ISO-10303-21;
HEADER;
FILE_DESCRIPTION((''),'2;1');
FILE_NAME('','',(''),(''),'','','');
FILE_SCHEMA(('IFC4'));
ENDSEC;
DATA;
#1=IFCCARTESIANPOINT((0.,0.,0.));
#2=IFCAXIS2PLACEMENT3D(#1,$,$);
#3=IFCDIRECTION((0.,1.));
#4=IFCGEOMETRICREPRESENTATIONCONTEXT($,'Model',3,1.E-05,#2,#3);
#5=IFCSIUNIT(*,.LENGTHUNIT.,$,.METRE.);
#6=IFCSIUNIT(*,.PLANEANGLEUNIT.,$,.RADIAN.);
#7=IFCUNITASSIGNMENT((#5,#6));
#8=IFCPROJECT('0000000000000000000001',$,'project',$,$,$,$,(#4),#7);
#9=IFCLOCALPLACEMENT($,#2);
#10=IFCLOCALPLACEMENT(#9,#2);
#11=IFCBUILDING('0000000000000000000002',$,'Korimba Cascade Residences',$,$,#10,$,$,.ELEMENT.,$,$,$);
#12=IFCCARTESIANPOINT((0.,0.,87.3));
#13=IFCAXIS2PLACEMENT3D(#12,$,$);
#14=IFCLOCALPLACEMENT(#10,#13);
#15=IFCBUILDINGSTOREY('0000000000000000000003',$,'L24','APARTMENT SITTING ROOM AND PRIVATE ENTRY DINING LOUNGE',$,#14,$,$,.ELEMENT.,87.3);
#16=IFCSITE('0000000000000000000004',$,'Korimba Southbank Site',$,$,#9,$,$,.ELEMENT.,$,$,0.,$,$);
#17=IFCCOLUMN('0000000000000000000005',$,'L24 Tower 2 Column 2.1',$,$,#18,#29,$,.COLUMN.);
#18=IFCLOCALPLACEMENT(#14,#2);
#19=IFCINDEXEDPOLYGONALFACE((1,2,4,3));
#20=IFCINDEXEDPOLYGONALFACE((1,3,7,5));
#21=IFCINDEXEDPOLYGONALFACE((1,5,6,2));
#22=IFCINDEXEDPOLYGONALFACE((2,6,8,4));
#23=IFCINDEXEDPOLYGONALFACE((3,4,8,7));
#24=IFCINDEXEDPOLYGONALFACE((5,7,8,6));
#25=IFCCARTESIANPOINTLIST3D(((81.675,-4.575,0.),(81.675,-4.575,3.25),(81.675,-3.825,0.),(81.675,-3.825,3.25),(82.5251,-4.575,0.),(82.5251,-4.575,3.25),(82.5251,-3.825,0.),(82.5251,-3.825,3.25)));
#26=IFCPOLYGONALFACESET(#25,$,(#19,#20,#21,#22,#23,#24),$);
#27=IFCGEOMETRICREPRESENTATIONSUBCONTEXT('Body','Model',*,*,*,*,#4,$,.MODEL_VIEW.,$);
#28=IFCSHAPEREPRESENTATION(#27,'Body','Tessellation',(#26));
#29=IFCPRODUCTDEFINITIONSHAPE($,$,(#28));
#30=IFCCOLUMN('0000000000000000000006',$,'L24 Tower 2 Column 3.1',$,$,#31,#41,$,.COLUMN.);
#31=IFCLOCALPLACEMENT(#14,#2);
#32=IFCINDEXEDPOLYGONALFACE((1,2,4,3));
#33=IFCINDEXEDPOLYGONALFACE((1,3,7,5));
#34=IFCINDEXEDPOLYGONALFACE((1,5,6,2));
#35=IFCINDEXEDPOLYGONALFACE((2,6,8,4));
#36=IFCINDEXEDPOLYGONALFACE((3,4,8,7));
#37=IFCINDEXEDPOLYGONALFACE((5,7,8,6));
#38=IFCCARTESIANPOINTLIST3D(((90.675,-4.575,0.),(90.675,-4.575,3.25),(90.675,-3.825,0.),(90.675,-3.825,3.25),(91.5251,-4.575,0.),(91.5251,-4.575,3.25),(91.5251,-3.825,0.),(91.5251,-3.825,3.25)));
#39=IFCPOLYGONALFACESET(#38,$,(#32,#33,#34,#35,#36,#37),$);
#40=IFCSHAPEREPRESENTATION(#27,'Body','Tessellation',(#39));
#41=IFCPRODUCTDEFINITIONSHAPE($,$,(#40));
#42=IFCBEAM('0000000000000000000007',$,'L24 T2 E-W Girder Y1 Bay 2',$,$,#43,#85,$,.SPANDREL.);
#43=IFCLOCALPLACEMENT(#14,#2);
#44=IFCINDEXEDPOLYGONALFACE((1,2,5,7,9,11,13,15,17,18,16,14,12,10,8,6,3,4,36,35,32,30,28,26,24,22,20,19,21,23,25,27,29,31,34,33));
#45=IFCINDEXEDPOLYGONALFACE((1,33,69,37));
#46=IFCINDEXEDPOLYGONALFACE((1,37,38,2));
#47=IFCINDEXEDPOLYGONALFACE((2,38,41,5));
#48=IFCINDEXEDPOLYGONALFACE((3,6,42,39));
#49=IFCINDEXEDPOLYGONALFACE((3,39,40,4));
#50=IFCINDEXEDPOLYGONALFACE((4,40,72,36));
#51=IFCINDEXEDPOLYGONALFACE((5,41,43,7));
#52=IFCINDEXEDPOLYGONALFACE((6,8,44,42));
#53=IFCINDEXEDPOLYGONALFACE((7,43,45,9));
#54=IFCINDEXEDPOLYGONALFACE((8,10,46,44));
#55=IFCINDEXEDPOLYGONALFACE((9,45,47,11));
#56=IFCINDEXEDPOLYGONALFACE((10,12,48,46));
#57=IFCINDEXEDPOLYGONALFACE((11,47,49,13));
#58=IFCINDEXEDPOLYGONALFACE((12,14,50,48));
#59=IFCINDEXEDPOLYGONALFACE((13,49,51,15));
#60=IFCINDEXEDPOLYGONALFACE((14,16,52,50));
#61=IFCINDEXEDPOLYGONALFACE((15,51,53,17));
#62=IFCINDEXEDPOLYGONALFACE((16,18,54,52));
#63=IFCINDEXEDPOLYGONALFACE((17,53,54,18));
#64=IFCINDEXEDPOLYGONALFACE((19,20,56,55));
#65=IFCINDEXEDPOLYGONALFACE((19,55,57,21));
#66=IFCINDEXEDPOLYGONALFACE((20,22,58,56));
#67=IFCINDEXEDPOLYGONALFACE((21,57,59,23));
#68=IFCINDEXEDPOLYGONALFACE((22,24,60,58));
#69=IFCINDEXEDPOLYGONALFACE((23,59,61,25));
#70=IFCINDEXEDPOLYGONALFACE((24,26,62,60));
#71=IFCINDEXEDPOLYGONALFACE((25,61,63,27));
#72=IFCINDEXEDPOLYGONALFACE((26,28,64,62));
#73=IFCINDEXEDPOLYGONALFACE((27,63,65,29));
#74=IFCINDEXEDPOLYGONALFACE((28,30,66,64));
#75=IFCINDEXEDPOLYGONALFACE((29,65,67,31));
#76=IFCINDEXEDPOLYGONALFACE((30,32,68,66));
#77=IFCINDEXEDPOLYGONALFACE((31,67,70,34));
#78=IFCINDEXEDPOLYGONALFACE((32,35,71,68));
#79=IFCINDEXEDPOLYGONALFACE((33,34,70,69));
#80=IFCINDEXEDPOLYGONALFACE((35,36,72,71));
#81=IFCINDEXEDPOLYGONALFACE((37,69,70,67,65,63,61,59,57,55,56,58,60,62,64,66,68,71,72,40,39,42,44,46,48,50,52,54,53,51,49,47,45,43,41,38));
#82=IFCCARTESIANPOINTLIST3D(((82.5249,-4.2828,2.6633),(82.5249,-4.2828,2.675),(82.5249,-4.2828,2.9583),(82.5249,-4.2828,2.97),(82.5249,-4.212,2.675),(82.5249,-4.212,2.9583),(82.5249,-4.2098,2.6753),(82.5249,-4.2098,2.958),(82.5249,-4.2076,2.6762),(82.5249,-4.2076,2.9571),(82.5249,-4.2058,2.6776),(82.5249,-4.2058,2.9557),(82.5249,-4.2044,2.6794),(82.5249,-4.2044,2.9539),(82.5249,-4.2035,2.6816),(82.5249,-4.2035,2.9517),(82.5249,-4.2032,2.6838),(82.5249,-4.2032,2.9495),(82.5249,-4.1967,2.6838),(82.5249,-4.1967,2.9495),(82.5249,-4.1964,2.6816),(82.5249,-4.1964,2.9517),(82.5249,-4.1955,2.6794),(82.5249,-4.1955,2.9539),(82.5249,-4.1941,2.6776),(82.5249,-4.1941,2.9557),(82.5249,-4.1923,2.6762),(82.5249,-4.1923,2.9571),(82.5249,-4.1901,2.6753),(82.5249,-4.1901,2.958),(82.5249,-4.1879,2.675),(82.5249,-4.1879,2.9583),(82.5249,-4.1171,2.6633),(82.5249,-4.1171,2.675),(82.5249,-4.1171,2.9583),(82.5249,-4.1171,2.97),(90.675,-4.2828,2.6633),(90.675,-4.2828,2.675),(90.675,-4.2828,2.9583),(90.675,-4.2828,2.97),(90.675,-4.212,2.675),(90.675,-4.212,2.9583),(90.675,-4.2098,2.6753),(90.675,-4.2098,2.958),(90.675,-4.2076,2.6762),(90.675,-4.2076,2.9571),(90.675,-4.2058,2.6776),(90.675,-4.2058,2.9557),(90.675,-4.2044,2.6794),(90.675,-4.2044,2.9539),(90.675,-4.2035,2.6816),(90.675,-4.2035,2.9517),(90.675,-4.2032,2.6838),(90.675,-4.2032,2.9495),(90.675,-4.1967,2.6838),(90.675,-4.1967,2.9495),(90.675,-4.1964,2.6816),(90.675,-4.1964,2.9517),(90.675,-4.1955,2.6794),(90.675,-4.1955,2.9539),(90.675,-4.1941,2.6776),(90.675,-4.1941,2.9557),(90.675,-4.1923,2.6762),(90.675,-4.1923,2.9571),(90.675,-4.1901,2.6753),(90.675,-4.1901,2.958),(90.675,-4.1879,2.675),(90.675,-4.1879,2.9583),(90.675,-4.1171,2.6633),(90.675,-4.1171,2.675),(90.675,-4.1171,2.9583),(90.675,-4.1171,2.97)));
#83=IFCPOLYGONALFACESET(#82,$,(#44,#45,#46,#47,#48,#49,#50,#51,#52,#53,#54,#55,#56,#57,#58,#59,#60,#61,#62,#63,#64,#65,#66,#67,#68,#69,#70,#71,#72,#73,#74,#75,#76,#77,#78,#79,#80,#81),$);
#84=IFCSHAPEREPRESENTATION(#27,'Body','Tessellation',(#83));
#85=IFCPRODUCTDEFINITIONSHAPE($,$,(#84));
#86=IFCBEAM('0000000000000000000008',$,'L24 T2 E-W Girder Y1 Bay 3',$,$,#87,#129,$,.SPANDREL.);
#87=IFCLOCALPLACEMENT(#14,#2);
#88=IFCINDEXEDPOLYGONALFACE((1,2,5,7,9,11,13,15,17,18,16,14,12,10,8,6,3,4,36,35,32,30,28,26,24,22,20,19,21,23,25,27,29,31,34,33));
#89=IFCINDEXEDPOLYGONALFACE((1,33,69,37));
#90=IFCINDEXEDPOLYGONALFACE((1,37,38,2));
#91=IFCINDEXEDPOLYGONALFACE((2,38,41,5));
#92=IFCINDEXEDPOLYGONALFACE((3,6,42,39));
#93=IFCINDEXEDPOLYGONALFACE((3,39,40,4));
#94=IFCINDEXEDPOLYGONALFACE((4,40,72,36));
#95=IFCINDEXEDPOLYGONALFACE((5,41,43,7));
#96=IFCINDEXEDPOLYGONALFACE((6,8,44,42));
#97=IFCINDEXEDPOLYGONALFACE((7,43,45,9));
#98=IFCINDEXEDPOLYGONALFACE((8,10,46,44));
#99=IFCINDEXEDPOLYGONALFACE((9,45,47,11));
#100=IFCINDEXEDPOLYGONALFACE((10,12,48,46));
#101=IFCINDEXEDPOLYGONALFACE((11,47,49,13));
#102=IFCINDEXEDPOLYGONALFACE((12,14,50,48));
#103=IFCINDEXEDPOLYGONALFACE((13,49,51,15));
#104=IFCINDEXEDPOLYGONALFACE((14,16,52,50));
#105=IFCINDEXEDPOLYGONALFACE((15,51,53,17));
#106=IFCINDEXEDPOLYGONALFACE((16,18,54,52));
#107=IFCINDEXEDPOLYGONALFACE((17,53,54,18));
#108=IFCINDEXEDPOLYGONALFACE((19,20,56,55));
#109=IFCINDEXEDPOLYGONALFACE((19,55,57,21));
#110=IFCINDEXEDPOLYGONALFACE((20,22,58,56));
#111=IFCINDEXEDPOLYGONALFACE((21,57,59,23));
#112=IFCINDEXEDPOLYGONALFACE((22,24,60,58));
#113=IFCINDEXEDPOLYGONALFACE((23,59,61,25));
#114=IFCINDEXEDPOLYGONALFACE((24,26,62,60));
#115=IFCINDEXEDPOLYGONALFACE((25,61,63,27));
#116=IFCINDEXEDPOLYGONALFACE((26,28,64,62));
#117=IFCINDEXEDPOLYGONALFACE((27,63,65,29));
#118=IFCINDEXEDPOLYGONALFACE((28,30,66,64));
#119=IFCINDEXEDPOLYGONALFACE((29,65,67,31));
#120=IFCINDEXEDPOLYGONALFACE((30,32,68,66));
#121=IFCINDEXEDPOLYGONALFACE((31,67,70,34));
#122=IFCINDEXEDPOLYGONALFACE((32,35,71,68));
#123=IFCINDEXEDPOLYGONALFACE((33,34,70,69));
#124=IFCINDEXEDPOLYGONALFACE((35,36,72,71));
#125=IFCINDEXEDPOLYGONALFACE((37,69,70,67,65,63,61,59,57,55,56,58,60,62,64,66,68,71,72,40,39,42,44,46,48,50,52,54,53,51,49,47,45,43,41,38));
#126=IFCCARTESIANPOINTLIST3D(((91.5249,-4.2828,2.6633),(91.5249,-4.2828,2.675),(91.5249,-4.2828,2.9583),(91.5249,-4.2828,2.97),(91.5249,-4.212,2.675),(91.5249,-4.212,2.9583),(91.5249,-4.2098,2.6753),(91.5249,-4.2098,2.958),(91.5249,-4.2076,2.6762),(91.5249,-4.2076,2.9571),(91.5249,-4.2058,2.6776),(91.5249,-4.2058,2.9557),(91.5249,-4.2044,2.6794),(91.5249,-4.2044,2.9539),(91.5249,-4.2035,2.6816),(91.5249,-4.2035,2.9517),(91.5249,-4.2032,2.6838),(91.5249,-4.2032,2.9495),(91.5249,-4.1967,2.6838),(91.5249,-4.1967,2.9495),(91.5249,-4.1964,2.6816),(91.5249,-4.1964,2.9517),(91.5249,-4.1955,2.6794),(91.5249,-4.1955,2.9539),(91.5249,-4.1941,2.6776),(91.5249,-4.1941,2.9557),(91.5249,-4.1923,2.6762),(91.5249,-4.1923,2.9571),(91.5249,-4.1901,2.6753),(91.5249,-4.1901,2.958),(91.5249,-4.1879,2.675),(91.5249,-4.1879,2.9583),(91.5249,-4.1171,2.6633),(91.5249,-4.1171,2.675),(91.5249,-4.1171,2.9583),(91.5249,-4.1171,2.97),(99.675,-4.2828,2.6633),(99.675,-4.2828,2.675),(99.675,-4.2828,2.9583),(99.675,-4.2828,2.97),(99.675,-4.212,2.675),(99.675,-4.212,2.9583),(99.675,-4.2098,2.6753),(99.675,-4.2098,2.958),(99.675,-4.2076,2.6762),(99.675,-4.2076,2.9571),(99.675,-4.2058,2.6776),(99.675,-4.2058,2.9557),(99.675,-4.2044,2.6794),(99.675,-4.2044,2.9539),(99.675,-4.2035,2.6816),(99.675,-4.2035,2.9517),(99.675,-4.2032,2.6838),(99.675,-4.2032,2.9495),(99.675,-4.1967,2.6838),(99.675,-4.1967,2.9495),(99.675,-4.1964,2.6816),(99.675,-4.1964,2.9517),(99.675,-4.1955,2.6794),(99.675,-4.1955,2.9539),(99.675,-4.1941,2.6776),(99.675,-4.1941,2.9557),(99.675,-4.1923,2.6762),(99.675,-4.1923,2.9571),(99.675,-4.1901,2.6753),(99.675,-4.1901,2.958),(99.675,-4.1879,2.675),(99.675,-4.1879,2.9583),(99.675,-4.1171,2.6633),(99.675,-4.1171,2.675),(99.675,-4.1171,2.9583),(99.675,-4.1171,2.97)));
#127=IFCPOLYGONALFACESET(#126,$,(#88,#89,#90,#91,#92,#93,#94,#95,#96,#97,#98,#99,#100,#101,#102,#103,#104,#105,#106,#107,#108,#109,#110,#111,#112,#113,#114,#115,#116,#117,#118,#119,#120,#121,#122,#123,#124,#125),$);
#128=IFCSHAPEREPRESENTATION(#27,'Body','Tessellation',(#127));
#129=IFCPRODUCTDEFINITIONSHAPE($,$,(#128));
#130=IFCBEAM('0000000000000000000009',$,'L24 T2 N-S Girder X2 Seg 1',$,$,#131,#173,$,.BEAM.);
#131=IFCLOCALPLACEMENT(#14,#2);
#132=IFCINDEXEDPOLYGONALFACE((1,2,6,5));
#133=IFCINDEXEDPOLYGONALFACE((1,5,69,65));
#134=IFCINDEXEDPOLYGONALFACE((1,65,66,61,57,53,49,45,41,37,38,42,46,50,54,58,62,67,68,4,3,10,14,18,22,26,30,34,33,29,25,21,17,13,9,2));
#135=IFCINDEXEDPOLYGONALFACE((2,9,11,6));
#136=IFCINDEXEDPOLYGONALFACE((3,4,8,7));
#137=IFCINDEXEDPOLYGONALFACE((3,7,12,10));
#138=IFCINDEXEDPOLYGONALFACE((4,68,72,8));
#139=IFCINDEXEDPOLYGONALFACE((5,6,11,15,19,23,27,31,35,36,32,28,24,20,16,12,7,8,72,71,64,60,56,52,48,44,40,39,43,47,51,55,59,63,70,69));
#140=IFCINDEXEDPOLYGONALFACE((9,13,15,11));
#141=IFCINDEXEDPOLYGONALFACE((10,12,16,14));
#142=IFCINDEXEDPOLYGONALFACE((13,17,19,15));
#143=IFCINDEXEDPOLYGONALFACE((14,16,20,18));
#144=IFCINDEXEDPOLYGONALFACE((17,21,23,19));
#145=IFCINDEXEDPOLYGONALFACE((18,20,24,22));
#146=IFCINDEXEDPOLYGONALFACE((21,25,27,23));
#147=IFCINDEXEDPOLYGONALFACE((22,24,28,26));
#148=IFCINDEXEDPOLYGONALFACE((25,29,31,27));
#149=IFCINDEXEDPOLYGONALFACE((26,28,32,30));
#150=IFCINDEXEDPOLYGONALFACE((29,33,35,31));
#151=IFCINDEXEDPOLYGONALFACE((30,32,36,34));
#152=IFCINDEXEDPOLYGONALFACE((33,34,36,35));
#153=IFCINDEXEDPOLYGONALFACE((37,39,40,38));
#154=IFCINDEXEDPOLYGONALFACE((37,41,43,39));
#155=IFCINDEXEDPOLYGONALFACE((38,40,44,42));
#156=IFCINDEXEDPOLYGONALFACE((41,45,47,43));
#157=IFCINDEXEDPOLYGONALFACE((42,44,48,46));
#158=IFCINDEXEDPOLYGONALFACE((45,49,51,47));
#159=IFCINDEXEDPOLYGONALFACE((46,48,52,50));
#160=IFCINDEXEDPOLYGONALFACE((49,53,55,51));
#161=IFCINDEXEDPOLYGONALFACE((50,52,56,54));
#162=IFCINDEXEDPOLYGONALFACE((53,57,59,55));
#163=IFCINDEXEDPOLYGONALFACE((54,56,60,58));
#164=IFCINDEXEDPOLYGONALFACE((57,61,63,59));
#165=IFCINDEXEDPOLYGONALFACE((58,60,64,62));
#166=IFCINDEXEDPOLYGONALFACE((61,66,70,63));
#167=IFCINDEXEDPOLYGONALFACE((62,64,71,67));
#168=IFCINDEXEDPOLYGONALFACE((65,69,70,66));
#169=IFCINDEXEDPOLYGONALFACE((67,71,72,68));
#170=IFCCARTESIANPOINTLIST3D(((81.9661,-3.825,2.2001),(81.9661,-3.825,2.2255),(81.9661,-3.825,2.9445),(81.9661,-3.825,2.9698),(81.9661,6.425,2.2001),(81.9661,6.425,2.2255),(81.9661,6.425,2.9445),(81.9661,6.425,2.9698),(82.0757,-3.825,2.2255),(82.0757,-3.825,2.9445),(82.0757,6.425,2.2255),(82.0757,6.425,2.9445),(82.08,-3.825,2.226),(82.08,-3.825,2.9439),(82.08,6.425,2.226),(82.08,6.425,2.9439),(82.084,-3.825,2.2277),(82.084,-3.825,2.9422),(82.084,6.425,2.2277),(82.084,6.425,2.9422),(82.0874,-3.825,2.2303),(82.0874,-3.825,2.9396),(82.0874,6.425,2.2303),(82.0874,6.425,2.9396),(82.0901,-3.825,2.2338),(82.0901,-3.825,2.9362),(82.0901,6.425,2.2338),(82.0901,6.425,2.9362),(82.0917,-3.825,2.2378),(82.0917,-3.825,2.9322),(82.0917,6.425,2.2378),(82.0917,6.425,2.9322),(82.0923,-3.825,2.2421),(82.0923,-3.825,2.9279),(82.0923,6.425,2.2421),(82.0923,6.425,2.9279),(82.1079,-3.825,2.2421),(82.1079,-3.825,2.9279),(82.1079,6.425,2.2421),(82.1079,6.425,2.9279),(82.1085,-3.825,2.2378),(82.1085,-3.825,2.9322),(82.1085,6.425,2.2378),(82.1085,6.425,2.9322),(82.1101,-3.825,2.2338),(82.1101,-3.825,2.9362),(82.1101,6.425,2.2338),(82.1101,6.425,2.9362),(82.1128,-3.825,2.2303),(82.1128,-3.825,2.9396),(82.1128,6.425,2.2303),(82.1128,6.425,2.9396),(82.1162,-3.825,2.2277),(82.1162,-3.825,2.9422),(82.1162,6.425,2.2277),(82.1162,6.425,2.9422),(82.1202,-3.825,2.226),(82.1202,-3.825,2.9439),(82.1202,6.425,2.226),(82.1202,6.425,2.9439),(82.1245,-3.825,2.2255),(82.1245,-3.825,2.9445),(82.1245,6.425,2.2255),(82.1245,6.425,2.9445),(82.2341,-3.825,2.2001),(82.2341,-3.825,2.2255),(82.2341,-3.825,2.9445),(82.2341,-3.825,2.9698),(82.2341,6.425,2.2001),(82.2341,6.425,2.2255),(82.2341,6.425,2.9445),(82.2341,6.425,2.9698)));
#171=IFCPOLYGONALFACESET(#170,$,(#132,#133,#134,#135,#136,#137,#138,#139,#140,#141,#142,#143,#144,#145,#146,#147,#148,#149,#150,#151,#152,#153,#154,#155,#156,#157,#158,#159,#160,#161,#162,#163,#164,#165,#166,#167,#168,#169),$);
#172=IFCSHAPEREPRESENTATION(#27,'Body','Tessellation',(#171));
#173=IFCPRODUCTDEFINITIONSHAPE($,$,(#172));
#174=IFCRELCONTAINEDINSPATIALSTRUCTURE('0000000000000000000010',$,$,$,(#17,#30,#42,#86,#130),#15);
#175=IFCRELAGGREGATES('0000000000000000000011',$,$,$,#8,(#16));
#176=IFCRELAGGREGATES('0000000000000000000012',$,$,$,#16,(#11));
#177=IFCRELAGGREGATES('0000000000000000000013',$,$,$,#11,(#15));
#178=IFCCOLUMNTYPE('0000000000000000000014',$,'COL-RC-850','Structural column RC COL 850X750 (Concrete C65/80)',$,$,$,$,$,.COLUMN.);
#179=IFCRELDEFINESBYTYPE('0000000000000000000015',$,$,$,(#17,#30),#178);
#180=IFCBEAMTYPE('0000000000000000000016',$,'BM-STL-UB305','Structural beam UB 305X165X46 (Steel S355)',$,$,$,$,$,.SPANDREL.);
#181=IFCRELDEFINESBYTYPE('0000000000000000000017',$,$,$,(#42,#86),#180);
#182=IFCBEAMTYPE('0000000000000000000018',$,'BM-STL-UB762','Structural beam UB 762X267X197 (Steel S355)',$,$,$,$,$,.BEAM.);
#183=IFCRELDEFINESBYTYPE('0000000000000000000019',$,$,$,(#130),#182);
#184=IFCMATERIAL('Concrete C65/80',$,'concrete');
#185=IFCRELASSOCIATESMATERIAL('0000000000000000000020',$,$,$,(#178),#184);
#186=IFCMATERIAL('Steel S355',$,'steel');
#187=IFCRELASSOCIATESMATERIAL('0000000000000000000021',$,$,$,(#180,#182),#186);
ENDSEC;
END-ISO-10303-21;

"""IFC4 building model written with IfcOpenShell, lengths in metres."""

from ifc_helpers import new_model, si_unit, direction, frame, origin, origin_2d, place, context, subcontext, project, spatial, rectangle, i_section, extrude, material, material_profile, profile_set, type_object, element, save


model = new_model("IFC4")

# Units and contexts
model_context = context("Model", 3, precision=1e-05, world=origin(), true_north=direction((0.0, 1.0)))
body_context = subcontext(model_context, "Body", "Model", "MODEL_VIEW")
ifc_project = project(units=[si_unit("LENGTHUNIT", "METRE"), si_unit("PLANEANGLEUNIT", "RADIAN")], contexts=[model_context])

# Site, building, storey
site_placement = place(None, origin())
site = spatial("IfcSite", under=ifc_project, at=site_placement, Name="Korimba Southbank Site", CompositionType="ELEMENT", RefElevation=0.0)
building_placement = place(site_placement, origin())
building = spatial("IfcBuilding", under=site, at=building_placement, Name="Korimba Cascade Residences", CompositionType="ELEMENT")
storey_placement = place(building_placement, frame((0.0, 0.0, 87.3)))
storey = spatial("IfcBuildingStorey", under=building, at=storey_placement, Name="L24", Description="APARTMENT SITTING ROOM AND PRIVATE ENTRY DINING LOUNGE", CompositionType="ELEMENT", Elevation=87.3)

# Columns
ifc_material_1 = material(Name="Concrete C65/80", Category="concrete")
ifc_material_profile_1 = material_profile(ifc_material_1, rectangle(XDim=0.8501, YDim=0.75, at=origin_2d()), Name="Concrete C65/80")
ifc_profile_set_1 = profile_set([ifc_material_profile_1], Name="Concrete C65/80")
column_type = type_object("IfcColumnType", Name="COL-RC-850", Description="Structural column RC COL 850X750 (Concrete C65/80)", PredefinedType="COLUMN", material=ifc_profile_set_1)
for number, where, z_axis, x_axis, name in (
    (1, (82.1001, -4.2, 0.0), (0.0, 0.0, 1.0), (1.0, 0.0, 0.0), "L24 Tower 2 Column 2.1"),
    (2, (91.1001, -4.2, 0.0), (0.0, 0.0, 1.0), (1.0, 0.0, 0.0), "L24 Tower 2 Column 3.1"),
):
    element("IfcColumn", number, at=place(storey_placement, frame(where, z_axis=z_axis, x_axis=x_axis)), inside=storey, type_object=column_type, Name=name, PredefinedType="COLUMN", context=body_context, shape_type="SweptSolid", body=[
        extrude(rectangle(XDim=0.8501, YDim=0.75, at=origin_2d()), origin(), (0.0, 0.0, 1.0), 3.25),
    ])

# Beams
ifc_material_2 = material(Name="Steel S355", Category="steel")
ifc_material_profile_2 = material_profile(ifc_material_2, i_section(OverallWidth=0.1658, OverallDepth=0.3066, WebThickness=0.0066, FlangeThickness=0.0117, FilletRadius=0.0088, at=origin_2d()), Name="Steel S355")
ifc_profile_set_2 = profile_set([ifc_material_profile_2], Name="Steel S355")
beam_type_1 = type_object("IfcBeamType", Name="BM-STL-UB305", Description="Structural beam UB 305X165X46 (Steel S355)", PredefinedType="SPANDREL", material=ifc_profile_set_2)
for number, where, z_axis, x_axis, name in (
    (3, (82.5249, -4.2, 2.8167), (1.0, 0.0, 0.0), (0.0, 1.0, 0.0), "L24 T2 E-W Girder Y1 Bay 2"),
    (4, (91.5249, -4.2, 2.8167), (1.0, 0.0, 0.0), (0.0, 1.0, 0.0), "L24 T2 E-W Girder Y1 Bay 3"),
):
    element("IfcBeam", number, at=place(storey_placement, frame(where, z_axis=z_axis, x_axis=x_axis)), inside=storey, type_object=beam_type_1, Name=name, PredefinedType="SPANDREL", context=body_context, shape_type="SweptSolid", body=[
        extrude(i_section(OverallWidth=0.1658, OverallDepth=0.3066, WebThickness=0.0066, FlangeThickness=0.0117, FilletRadius=0.0088, at=origin_2d()), origin(), (0.0, 0.0, 1.0), 8.1501),
    ])
ifc_material_profile_3 = material_profile(ifc_material_2, i_section(OverallWidth=0.2681, OverallDepth=0.7698, WebThickness=0.0156, FlangeThickness=0.0254, FilletRadius=0.0166, at=origin_2d()), Name="Steel S355")
ifc_profile_set_3 = profile_set([ifc_material_profile_3], Name="Steel S355")
beam_type_2 = type_object("IfcBeamType", Name="BM-STL-UB762", Description="Structural beam UB 762X267X197 (Steel S355)", PredefinedType="BEAM", material=ifc_profile_set_3)
for number, where, z_axis, x_axis, name in (
    (5, (82.1001, -3.825, 2.585), (0.0, 1.0, 0.0), (-1.0, 0.0, 0.0), "L24 T2 N-S Girder X2 Seg 1"),
):
    element("IfcBeam", number, at=place(storey_placement, frame(where, z_axis=z_axis, x_axis=x_axis)), inside=storey, type_object=beam_type_2, Name=name, PredefinedType="BEAM", context=body_context, shape_type="SweptSolid", body=[
        extrude(i_section(OverallWidth=0.2681, OverallDepth=0.7698, WebThickness=0.0156, FlangeThickness=0.0254, FilletRadius=0.0166, at=origin_2d()), origin(), (0.0, 0.0, 1.0), 10.25),
    ])

save(model, "model.ifc")
